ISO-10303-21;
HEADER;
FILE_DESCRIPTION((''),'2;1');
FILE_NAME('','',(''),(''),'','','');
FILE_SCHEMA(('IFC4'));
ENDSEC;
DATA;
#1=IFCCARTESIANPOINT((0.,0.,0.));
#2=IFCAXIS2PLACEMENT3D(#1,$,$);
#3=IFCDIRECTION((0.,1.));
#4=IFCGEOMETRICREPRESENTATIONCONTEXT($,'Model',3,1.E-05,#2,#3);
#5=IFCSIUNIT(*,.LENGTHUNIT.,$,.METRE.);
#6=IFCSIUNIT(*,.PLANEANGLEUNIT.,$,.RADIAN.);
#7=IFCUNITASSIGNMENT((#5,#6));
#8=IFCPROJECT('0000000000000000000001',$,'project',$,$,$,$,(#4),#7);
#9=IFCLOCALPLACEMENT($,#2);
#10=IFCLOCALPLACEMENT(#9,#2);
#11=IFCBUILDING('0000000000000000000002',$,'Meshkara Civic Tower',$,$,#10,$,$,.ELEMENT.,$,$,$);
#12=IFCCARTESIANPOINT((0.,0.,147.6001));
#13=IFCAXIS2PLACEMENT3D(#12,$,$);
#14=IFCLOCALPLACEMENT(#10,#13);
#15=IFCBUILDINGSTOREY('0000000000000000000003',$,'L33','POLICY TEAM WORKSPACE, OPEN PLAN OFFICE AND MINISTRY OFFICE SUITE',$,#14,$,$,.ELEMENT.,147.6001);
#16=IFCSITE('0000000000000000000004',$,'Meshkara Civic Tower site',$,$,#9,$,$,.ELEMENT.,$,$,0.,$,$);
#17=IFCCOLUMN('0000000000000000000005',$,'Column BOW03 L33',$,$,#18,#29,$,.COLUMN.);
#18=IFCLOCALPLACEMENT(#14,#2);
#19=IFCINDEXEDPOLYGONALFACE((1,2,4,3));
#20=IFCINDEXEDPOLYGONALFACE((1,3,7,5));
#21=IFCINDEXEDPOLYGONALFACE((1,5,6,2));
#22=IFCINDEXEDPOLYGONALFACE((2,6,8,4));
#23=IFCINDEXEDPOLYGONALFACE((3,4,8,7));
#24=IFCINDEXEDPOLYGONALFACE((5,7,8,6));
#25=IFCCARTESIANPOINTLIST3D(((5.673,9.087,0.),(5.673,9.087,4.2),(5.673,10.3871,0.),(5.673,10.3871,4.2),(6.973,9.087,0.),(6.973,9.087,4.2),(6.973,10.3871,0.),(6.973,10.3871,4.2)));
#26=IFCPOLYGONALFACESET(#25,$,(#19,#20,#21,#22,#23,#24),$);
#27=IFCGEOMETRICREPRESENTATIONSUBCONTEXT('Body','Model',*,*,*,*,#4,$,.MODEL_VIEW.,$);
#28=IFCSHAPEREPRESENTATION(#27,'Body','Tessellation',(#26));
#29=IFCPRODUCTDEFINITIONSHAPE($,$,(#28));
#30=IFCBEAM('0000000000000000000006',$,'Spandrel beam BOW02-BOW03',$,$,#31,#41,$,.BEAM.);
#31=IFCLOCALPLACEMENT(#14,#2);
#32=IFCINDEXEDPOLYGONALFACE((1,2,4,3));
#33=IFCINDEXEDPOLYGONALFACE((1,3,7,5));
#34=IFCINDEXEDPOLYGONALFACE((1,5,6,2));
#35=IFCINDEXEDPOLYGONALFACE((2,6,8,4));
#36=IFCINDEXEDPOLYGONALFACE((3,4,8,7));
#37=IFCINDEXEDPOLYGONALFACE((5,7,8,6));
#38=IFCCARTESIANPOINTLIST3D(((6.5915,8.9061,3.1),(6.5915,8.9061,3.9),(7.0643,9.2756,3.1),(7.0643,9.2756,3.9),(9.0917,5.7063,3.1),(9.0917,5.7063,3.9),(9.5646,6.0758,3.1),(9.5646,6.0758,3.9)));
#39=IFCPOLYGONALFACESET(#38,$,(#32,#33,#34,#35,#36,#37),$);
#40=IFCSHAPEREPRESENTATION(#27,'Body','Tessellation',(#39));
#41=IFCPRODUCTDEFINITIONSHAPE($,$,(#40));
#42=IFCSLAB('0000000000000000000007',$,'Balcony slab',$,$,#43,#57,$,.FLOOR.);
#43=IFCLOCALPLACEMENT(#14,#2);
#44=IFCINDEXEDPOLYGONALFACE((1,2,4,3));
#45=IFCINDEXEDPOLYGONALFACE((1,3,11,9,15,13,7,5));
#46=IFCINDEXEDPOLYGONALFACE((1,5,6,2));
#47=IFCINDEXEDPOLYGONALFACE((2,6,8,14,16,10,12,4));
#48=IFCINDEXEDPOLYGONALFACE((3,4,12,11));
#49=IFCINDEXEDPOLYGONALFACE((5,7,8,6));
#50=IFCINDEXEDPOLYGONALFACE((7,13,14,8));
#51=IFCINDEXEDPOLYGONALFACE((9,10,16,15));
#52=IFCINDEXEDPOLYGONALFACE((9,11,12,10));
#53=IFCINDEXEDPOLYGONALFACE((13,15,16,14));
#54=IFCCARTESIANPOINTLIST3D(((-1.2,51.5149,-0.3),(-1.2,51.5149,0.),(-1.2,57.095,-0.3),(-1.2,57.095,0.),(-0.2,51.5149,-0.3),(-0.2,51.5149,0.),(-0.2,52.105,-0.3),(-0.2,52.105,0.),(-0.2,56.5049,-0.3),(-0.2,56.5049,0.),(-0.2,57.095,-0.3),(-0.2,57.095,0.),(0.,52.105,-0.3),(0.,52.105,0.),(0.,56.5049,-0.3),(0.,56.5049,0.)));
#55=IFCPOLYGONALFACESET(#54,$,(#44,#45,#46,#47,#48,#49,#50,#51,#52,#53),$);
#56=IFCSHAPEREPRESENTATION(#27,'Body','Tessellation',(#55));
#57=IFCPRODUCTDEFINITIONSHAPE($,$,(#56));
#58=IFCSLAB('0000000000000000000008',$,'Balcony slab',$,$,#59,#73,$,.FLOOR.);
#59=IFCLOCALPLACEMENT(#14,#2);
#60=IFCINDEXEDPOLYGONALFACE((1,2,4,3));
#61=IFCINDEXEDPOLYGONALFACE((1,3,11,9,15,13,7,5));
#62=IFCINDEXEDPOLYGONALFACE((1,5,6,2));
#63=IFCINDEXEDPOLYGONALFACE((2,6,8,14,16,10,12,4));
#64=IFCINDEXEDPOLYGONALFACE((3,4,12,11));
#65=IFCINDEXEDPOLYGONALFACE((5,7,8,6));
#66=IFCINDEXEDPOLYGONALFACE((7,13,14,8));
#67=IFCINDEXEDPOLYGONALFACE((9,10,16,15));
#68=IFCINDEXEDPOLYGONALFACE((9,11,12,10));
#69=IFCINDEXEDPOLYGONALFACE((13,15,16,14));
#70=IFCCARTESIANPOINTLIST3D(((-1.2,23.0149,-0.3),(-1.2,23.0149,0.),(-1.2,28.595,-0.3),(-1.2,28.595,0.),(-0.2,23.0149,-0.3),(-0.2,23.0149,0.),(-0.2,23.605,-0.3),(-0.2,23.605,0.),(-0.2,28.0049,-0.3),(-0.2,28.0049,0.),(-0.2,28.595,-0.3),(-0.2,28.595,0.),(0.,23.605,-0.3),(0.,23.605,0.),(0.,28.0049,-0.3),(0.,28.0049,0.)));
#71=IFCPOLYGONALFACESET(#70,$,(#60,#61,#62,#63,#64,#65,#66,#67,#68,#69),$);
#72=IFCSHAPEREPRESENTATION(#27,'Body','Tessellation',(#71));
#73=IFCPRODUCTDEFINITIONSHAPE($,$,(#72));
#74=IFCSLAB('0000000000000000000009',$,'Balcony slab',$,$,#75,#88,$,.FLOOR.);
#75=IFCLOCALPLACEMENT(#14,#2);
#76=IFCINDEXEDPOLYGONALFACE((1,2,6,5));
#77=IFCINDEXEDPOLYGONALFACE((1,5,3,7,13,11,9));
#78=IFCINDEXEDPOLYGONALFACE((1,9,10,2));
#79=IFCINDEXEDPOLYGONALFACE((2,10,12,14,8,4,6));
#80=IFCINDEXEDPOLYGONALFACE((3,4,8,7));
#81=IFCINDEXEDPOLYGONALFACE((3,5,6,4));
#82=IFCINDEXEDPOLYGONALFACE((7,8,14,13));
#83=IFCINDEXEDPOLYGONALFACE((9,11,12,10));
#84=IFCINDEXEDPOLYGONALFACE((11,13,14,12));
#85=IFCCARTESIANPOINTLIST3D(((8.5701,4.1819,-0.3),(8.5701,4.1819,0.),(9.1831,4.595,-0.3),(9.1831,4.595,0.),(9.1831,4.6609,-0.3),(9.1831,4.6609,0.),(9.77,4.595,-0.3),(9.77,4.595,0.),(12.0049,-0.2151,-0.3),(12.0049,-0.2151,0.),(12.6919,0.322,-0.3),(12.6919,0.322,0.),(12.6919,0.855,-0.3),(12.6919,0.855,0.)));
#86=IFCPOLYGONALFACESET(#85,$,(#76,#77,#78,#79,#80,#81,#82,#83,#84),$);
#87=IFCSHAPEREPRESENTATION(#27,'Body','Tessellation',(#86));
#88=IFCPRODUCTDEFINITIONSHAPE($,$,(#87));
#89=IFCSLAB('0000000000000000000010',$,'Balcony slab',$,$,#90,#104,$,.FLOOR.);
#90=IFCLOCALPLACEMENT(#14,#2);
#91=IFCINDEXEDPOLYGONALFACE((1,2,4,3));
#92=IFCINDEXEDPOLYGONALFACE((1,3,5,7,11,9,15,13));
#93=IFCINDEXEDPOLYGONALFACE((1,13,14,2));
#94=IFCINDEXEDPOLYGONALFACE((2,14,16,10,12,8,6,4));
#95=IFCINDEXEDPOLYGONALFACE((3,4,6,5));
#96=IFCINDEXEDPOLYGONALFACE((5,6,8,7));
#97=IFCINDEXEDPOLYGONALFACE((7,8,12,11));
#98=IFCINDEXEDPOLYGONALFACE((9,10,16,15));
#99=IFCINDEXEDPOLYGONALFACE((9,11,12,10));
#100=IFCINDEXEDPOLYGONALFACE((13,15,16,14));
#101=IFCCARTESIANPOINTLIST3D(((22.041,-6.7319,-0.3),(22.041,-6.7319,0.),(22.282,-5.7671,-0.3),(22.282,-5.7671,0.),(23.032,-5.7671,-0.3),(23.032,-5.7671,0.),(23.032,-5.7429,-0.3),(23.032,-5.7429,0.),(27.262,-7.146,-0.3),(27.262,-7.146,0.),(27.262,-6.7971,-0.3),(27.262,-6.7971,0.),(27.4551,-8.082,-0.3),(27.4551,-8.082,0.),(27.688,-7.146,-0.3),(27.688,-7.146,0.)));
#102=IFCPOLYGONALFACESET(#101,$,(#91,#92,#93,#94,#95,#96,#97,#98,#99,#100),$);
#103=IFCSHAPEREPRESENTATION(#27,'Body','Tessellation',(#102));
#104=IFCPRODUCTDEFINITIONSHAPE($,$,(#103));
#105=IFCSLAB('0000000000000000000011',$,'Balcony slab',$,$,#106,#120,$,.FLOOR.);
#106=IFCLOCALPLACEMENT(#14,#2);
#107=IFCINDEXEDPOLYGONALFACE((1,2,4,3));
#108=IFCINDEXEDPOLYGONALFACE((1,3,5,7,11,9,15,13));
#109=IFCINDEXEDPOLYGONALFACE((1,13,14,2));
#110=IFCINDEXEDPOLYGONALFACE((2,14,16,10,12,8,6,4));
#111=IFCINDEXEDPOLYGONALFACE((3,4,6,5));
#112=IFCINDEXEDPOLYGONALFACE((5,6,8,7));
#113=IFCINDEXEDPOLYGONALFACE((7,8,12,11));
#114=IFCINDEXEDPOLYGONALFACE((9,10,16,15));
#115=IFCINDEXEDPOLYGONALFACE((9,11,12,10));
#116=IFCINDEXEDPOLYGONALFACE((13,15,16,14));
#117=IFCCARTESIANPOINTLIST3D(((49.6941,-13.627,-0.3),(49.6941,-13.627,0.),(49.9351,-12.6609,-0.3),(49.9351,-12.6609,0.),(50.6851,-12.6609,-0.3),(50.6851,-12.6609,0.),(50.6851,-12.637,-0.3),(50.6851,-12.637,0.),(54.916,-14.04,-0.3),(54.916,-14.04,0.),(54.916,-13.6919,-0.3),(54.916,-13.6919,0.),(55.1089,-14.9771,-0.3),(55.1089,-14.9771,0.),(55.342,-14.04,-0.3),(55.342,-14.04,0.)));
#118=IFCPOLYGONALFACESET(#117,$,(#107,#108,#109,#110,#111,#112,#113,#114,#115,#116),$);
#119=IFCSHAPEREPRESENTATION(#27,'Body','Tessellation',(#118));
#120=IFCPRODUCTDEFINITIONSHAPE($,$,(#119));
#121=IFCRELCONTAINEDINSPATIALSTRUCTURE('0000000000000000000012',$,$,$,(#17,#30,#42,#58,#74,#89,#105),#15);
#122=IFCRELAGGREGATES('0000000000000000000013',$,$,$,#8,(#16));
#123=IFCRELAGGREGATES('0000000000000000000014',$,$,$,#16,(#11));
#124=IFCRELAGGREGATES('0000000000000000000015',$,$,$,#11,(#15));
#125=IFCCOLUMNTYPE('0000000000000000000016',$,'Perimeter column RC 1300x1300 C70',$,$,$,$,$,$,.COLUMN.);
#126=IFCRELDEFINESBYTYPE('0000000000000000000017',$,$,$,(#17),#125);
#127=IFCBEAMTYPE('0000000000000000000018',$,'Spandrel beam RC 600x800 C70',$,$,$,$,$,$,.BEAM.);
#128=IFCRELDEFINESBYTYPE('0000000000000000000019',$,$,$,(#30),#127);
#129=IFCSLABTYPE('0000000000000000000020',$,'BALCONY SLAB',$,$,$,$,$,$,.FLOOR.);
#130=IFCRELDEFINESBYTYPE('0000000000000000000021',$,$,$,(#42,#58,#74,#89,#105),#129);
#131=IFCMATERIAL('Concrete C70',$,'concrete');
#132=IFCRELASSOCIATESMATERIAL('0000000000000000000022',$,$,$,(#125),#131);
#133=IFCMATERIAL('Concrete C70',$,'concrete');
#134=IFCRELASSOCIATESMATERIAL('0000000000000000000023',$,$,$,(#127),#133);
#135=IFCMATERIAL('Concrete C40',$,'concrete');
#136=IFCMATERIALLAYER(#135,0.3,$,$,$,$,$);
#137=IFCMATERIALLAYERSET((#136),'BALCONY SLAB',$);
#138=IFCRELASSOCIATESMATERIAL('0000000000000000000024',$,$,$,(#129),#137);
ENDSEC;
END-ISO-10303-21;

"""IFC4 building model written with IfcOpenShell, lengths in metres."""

from ifc_helpers import new_model, si_unit, direction, frame, origin, origin_2d, place, context, subcontext, project, spatial, polyline, rectangle, outline, extrude, material, layer, layer_set, material_profile, profile_set, type_object, element, save


model = new_model("IFC4")

# Units and contexts
model_context = context("Model", 3, precision=1e-05, world=origin(), true_north=direction((0.0, 1.0)))
body_context = subcontext(model_context, "Body", "Model", "MODEL_VIEW")
ifc_project = project(units=[si_unit("LENGTHUNIT", "METRE"), si_unit("PLANEANGLEUNIT", "RADIAN")], contexts=[model_context])

# Site, building, storey
site_placement = place(None, origin())
site = spatial("IfcSite", under=ifc_project, at=site_placement, Name="Meshkara Civic Tower site", CompositionType="ELEMENT", RefElevation=0.0)
building_placement = place(site_placement, origin())
building = spatial("IfcBuilding", under=site, at=building_placement, Name="Meshkara Civic Tower", CompositionType="ELEMENT")
storey_placement = place(building_placement, frame((0.0, 0.0, 147.6001)))
storey = spatial("IfcBuildingStorey", under=building, at=storey_placement, Name="L33", Description="POLICY TEAM WORKSPACE, OPEN PLAN OFFICE AND MINISTRY OFFICE SUITE", CompositionType="ELEMENT", Elevation=147.6001)

# Column
ifc_material_1 = material(Name="Concrete C70", Category="concrete")
ifc_material_profile_1 = material_profile(ifc_material_1, rectangle(XDim=1.3, YDim=1.3, at=origin_2d()))
ifc_profile_set_1 = profile_set([ifc_material_profile_1], Name="Concrete C70")
column_type = type_object("IfcColumnType", Name="Perimeter column RC 1300x1300 C70", PredefinedType="COLUMN", material=ifc_profile_set_1)
column_placement = place(storey_placement, frame((6.323, 9.7371, 0.0), z_axis=(0.0, 0.0, 1.0), x_axis=(1.0, 0.0, 0.0)))
element("IfcColumn", 1, at=column_placement, inside=storey, type_object=column_type, Name="Column BOW03 L33", PredefinedType="COLUMN", context=body_context, shape_type="SweptSolid", body=[
    extrude(rectangle(XDim=1.3, YDim=1.3, at=origin_2d()), origin(), (0.0, 0.0, 1.0), 4.2),
])

# Beam
ifc_material_2 = material(Name="Concrete C70", Category="concrete")
ifc_material_profile_2 = material_profile(ifc_material_2, rectangle(XDim=0.6001, YDim=0.8, at=origin_2d()))
ifc_profile_set_2 = profile_set([ifc_material_profile_2], Name="Concrete C70")
beam_type = type_object("IfcBeamType", Name="Spandrel beam RC 600x800 C70", PredefinedType="BEAM", material=ifc_profile_set_2)
beam_placement = place(storey_placement, frame((6.8279, 9.0908, 3.5), z_axis=(0.615716, -0.787968, 0.0), x_axis=(0.787968, 0.615716, 0.0)))
element("IfcBeam", 2, at=beam_placement, inside=storey, type_object=beam_type, Name="Spandrel beam BOW02-BOW03", PredefinedType="BEAM", context=body_context, shape_type="SweptSolid", body=[
    extrude(rectangle(XDim=0.6001, YDim=0.8, at=origin_2d()), origin(), (0.0, 0.0, 1.0), 4.0608),
])

# Slabs
ifc_material_3 = material(Name="Concrete C40", Category="concrete")
ifc_layer_1 = layer(ifc_material_3, 0.3)
ifc_layer_set_1 = layer_set([ifc_layer_1], Name="BALCONY SLAB")
slab_type_1 = type_object("IfcSlabType", Name="BALCONY SLAB", PredefinedType="FLOOR", material=ifc_layer_set_1)
slab_1_placement = place(storey_placement, frame((0.0, 0.0, -0.3)))
element("IfcSlab", 3, at=slab_1_placement, inside=storey, type_object=slab_type_1, Name="Balcony slab", PredefinedType="FLOOR", context=body_context, shape_type="SweptSolid", body=[
    extrude(outline(polyline([(-1.2, 51.5149), (-1.2, 57.095), (-0.2, 57.095), (-0.2, 56.5049), (0.0, 56.5049), (0.0, 52.105), (-0.2, 52.105), (-0.2, 51.5149), (-1.2, 51.5149)])), origin(), (0.0, 0.0, 1.0), 0.3),
])
slab_2_placement = place(storey_placement, frame((0.0, 0.0, -0.3)))
element("IfcSlab", 4, at=slab_2_placement, inside=storey, type_object=slab_type_1, Name="Balcony slab", PredefinedType="FLOOR", context=body_context, shape_type="SweptSolid", body=[
    extrude(outline(polyline([(-1.2, 23.0149), (-1.2, 28.595), (-0.2, 28.595), (-0.2, 28.0049), (0.0, 28.0049), (0.0, 23.605), (-0.2, 23.605), (-0.2, 23.0149), (-1.2, 23.0149)])), origin(), (0.0, 0.0, 1.0), 0.3),
])
slab_3_placement = place(storey_placement, frame((0.0, 0.0, -0.3)))
element("IfcSlab", 5, at=slab_3_placement, inside=storey, type_object=slab_type_1, Name="Balcony slab", PredefinedType="FLOOR", context=body_context, shape_type="SweptSolid", body=[
    extrude(outline(polyline([(12.0049, -0.2151), (8.5701, 4.1819), (9.1831, 4.6609), (9.1831, 4.595), (9.77, 4.595), (12.6919, 0.855), (12.6919, 0.322), (12.0049, -0.2151)])), origin(), (0.0, 0.0, 1.0), 0.3),
])
slab_4_placement = place(storey_placement, frame((0.0, 0.0, -0.3)))
element("IfcSlab", 6, at=slab_4_placement, inside=storey, type_object=slab_type_1, Name="Balcony slab", PredefinedType="FLOOR", context=body_context, shape_type="SweptSolid", body=[
    extrude(outline(polyline([(27.4551, -8.082), (22.041, -6.7319), (22.282, -5.7671), (23.032, -5.7671), (23.032, -5.7429), (27.262, -6.7971), (27.262, -7.146), (27.688, -7.146), (27.4551, -8.082)])), origin(), (0.0, 0.0, 1.0), 0.3),
])
slab_5_placement = place(storey_placement, frame((0.0, 0.0, -0.3)))
element("IfcSlab", 7, at=slab_5_placement, inside=storey, type_object=slab_type_1, Name="Balcony slab", PredefinedType="FLOOR", context=body_context, shape_type="SweptSolid", body=[
    extrude(outline(polyline([(55.1089, -14.9771), (49.6941, -13.627), (49.9351, -12.6609), (50.6851, -12.6609), (50.6851, -12.637), (54.916, -13.6919), (54.916, -14.04), (55.342, -14.04), (55.1089, -14.9771)])), origin(), (0.0, 0.0, 1.0), 0.3),
])

save(model, "model.ifc")
